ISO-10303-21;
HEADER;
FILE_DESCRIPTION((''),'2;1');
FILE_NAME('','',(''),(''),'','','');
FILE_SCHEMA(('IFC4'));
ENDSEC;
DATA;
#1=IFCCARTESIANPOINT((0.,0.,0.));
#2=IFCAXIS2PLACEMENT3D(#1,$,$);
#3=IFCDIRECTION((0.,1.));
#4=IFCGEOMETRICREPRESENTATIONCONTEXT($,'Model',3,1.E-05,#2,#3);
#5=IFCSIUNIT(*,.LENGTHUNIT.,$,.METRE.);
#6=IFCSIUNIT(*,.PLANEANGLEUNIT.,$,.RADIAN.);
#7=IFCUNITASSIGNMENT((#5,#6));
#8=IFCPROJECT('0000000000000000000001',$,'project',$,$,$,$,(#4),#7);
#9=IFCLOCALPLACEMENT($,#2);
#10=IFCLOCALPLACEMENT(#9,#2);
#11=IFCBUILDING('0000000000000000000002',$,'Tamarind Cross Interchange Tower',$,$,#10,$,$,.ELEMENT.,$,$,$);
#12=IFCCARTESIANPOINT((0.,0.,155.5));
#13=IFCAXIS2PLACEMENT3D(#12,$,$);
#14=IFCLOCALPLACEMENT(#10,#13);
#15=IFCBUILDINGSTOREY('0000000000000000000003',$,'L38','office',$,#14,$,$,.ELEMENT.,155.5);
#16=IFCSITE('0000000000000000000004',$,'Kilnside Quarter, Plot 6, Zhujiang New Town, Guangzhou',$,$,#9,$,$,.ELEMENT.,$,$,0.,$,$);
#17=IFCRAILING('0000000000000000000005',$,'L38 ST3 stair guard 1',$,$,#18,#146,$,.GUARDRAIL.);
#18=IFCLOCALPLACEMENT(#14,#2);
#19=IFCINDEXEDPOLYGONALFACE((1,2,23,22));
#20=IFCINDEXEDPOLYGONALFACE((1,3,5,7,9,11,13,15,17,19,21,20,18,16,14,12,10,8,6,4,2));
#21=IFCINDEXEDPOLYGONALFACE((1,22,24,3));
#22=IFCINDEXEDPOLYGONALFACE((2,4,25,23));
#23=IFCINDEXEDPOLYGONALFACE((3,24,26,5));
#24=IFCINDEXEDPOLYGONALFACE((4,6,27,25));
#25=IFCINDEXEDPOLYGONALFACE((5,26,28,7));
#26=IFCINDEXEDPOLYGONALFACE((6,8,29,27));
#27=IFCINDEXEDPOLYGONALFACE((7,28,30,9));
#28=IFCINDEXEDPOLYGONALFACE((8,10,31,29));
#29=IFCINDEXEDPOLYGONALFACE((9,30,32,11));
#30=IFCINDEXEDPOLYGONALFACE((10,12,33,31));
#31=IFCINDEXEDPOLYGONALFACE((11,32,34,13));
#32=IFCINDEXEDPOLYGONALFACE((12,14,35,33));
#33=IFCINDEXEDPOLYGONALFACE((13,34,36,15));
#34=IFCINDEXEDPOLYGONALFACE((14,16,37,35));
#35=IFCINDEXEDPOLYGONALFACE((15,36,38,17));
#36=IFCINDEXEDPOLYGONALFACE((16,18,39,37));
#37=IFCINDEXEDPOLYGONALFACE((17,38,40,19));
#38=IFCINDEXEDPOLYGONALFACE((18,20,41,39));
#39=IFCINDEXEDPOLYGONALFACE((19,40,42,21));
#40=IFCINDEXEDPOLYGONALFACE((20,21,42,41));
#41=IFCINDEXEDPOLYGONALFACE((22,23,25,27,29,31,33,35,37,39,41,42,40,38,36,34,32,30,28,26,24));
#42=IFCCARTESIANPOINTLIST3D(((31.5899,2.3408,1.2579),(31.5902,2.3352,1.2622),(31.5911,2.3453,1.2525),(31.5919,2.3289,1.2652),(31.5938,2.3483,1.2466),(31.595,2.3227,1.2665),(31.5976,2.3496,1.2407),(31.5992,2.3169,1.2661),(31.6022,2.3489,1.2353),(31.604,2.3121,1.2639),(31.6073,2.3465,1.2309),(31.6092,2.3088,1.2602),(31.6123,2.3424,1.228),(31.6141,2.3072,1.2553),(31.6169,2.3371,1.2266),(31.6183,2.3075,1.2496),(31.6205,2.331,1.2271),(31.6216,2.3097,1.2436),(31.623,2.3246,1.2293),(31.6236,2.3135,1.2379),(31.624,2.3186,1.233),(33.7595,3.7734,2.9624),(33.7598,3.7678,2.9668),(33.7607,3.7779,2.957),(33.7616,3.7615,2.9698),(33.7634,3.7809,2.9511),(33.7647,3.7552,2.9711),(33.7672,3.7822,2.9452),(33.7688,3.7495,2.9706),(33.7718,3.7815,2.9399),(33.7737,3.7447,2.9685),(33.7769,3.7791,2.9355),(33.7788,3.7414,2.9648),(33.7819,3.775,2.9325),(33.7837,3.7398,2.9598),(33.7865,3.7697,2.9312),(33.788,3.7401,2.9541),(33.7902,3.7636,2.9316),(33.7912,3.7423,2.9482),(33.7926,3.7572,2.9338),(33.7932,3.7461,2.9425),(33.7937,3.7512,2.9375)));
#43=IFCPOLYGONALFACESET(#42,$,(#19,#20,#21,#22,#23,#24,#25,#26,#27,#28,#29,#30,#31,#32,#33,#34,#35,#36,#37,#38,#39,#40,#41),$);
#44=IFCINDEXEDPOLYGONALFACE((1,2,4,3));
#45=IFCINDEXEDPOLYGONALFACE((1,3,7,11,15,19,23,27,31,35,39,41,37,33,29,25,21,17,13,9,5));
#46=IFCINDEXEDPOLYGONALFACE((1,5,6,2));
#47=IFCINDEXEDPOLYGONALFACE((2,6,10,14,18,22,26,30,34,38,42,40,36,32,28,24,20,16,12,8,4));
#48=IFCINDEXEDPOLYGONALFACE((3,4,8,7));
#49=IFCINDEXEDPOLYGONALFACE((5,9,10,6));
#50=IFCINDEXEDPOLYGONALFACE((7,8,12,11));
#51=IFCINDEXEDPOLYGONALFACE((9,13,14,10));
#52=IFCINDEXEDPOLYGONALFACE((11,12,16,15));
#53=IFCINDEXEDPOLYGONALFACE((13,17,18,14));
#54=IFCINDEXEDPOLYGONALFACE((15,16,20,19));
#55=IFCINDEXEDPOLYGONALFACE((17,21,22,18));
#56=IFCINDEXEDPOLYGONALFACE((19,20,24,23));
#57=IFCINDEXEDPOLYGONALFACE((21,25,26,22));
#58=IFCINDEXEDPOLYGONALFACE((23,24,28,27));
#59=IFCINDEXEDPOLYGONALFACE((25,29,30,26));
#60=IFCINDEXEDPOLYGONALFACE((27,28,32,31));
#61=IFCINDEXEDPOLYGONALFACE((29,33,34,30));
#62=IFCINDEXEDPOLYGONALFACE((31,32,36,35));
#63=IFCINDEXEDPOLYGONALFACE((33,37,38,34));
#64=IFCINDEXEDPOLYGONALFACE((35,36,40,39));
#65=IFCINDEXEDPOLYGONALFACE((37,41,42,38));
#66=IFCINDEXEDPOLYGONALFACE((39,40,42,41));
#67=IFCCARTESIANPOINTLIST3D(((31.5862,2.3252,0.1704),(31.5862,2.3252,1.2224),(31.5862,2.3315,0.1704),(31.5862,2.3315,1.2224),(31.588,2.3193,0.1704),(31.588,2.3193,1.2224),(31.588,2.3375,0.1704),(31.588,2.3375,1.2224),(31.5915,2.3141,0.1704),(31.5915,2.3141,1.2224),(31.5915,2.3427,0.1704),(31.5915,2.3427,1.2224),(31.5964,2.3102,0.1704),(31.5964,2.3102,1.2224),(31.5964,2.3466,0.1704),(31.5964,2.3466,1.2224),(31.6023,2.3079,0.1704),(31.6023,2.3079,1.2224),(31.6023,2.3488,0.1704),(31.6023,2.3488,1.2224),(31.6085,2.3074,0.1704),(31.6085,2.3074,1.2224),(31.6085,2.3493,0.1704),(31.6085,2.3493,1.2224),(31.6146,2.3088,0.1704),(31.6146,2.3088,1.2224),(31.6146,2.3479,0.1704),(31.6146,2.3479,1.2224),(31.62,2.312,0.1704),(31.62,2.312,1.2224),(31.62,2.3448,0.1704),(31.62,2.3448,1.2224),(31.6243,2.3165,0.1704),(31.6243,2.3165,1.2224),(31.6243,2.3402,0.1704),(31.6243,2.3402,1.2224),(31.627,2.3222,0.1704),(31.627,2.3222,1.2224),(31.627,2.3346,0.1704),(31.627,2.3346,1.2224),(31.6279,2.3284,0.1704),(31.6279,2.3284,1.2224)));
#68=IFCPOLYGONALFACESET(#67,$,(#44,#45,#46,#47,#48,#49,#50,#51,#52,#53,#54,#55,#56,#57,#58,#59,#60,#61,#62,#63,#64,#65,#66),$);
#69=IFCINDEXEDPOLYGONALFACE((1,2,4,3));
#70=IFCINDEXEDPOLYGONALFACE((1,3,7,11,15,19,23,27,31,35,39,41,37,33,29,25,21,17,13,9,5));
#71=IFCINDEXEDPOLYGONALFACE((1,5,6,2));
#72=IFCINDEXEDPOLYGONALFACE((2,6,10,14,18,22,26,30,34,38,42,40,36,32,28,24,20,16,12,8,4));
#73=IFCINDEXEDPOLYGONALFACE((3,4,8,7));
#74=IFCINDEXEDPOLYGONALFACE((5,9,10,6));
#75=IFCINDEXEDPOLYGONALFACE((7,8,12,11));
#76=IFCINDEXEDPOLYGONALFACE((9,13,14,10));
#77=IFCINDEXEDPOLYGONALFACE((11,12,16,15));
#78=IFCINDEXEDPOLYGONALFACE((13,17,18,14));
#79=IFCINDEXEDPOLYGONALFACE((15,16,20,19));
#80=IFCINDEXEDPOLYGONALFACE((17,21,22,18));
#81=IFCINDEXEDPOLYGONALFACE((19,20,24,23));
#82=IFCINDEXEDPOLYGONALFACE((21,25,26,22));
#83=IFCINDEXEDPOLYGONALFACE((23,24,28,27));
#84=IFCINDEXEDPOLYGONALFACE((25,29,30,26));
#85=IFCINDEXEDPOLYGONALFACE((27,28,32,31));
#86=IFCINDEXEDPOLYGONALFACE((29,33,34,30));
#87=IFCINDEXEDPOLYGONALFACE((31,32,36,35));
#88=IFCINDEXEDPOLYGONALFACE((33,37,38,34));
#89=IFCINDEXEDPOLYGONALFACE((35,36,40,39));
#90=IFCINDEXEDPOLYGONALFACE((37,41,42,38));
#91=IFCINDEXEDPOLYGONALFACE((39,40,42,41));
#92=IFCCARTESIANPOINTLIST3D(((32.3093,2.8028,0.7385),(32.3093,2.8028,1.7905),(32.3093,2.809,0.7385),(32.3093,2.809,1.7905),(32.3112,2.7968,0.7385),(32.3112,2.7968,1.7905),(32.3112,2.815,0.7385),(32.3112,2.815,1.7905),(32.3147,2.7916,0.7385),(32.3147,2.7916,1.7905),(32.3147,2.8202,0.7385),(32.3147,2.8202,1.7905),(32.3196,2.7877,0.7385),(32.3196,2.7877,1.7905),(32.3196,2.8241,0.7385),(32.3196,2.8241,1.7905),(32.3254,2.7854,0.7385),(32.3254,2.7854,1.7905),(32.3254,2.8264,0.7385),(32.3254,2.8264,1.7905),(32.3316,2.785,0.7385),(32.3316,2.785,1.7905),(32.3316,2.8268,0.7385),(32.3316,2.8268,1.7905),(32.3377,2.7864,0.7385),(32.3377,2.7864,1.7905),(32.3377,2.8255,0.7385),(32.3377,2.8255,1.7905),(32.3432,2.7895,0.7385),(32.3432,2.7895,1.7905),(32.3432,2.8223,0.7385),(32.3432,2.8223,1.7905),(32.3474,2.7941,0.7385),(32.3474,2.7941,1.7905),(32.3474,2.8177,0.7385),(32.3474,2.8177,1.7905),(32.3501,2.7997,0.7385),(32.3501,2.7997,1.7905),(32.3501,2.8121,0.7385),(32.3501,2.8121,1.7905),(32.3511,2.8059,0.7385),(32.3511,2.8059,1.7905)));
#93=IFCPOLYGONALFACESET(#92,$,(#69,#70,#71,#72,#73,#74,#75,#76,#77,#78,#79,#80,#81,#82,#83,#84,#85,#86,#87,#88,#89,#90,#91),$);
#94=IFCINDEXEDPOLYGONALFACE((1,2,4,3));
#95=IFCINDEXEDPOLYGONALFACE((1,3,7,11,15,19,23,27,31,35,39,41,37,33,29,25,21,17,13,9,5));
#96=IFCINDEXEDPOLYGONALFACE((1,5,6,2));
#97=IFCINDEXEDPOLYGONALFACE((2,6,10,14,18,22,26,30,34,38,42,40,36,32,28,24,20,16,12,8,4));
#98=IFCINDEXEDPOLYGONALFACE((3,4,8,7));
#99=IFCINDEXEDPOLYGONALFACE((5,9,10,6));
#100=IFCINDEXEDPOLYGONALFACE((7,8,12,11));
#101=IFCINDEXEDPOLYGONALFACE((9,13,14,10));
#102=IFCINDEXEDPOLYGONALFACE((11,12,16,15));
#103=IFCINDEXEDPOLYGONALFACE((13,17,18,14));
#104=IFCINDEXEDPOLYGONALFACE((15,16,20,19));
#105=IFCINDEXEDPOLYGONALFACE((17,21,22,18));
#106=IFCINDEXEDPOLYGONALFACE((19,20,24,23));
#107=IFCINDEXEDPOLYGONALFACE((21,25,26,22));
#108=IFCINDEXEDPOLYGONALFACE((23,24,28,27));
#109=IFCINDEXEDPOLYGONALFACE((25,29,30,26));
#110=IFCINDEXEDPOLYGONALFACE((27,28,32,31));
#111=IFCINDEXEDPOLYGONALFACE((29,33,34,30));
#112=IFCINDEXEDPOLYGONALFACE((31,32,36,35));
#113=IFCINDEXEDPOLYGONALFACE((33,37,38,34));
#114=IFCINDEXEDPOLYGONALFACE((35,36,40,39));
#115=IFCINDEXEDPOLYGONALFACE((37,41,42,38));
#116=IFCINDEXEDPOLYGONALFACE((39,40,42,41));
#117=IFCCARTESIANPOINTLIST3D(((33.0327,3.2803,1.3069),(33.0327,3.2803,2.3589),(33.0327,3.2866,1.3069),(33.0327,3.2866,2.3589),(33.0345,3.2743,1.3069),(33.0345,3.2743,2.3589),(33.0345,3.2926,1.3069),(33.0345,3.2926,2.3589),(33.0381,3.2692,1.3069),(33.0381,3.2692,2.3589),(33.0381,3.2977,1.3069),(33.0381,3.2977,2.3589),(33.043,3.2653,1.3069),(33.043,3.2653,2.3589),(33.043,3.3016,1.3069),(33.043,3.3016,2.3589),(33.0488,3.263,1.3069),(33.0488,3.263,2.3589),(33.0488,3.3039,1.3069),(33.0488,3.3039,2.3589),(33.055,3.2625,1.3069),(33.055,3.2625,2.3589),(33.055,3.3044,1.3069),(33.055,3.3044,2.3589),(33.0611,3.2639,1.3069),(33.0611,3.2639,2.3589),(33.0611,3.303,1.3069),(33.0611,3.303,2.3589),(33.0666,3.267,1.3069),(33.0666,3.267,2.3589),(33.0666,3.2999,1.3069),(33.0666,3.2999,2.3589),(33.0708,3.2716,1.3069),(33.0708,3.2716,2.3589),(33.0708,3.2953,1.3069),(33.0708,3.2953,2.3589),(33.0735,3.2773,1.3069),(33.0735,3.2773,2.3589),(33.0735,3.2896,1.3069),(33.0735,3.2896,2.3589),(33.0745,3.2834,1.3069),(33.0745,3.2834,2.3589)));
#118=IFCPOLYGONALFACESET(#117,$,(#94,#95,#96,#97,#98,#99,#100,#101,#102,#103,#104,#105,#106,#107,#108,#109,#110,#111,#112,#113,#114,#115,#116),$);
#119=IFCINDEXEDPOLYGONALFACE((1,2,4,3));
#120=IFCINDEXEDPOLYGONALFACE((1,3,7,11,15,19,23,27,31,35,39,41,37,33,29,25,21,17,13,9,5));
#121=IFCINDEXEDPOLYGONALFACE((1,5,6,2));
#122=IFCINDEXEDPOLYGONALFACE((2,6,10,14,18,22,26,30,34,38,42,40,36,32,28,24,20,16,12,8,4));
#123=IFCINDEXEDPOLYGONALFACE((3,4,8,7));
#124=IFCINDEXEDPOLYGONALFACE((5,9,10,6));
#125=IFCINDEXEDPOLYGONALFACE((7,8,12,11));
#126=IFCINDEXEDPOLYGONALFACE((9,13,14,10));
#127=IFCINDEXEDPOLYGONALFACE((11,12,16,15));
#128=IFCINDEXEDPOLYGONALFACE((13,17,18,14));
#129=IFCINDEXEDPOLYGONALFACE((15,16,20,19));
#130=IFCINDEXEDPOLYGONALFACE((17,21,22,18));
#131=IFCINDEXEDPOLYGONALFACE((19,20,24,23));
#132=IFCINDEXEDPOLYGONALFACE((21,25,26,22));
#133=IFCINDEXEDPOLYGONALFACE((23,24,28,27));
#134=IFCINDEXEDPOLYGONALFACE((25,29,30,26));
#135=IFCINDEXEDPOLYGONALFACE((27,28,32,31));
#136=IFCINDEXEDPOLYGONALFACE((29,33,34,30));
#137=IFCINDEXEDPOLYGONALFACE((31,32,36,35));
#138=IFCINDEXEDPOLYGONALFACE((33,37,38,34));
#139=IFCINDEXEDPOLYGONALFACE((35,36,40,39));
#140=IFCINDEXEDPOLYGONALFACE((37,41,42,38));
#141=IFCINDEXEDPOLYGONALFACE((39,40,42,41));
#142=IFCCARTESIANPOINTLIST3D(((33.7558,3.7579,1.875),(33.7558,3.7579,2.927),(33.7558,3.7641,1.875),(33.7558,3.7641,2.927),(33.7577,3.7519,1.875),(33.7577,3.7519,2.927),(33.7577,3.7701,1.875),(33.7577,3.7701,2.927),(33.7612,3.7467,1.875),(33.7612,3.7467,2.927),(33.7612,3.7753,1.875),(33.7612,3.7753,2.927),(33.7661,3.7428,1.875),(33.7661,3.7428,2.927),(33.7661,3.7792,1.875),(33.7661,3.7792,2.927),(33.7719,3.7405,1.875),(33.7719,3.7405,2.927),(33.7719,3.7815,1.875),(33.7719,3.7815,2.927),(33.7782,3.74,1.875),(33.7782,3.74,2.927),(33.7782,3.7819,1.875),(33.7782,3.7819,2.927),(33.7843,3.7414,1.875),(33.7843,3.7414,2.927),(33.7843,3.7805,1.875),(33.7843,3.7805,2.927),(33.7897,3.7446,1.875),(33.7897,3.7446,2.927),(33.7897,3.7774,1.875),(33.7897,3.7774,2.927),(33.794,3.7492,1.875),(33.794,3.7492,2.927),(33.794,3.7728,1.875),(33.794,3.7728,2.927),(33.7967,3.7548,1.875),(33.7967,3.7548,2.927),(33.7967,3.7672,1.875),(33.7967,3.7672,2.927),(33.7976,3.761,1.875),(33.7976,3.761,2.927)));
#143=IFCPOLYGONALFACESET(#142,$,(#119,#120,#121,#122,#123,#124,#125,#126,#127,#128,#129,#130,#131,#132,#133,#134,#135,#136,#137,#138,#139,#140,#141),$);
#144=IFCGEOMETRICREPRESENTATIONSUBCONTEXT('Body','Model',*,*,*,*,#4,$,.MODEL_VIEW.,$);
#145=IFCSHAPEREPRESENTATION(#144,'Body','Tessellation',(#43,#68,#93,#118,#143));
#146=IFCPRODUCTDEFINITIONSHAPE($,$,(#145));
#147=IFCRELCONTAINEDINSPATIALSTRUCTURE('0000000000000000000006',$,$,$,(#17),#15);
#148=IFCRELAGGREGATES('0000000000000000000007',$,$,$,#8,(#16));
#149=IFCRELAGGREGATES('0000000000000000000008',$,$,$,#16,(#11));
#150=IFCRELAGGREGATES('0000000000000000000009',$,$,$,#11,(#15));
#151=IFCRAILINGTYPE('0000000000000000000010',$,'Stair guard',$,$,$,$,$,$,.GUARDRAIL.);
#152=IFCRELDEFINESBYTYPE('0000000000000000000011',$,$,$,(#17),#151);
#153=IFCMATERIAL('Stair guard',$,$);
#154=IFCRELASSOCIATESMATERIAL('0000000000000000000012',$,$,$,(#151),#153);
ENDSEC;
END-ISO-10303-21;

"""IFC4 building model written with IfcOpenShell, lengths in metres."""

from ifc_helpers import new_model, si_unit, direction, frame, origin, origin_2d, place, context, subcontext, project, spatial, circle, extrude, material, type_object, element, save


model = new_model("IFC4")

# Units and contexts
model_context = context("Model", 3, precision=1e-05, world=origin(), true_north=direction((0.0, 1.0)))
body_context = subcontext(model_context, "Body", "Model", "MODEL_VIEW")
ifc_project = project(units=[si_unit("LENGTHUNIT", "METRE"), si_unit("PLANEANGLEUNIT", "RADIAN")], contexts=[model_context])

# Site, building, storey
site_placement = place(None, origin())
site = spatial("IfcSite", under=ifc_project, at=site_placement, Name="Kilnside Quarter, Plot 6, Zhujiang New Town, Guangzhou", CompositionType="ELEMENT", RefElevation=0.0)
building_placement = place(site_placement, origin())
building = spatial("IfcBuilding", under=site, at=building_placement, Name="Tamarind Cross Interchange Tower", CompositionType="ELEMENT")
storey_placement = place(building_placement, frame((0.0, 0.0, 155.5)))
storey = spatial("IfcBuildingStorey", under=building, at=storey_placement, Name="L38", Description="office", CompositionType="ELEMENT", Elevation=155.5)

# Railing
ifc_material_1 = material(Name="Stair guard")
railing_type_1 = type_object("IfcRailingType", Name="Stair guard", PredefinedType="GUARDRAIL", material=ifc_material_1)
railing_1_placement = place(storey_placement, frame((31.6069, 2.3284, 0.1704)))
element("IfcRailing", 1, at=railing_1_placement, inside=storey, type_object=railing_type_1, Name="L38 ST3 stair guard 1", PredefinedType="GUARDRAIL", context=body_context, shape_type="SweptSolid", body=[
    extrude(circle(Radius=0.0239, at=origin_2d()), frame((0.0, 0.0, 1.0762), z_axis=(0.697883, 0.460805, 0.548286), x_axis=(-0.551011, 0.834498, 0.0)), (0.0, 0.0, 1.0), 3.1089),
    extrude(circle(Radius=0.021, at=origin_2d()), origin(), (0.0, 0.0, 1.0), 1.052),
    extrude(circle(Radius=0.021, at=origin_2d()), frame((0.7231, 0.4775, 0.5681)), (0.0, 0.0, 1.0), 1.052),
    extrude(circle(Radius=0.021, at=origin_2d()), frame((1.4465, 0.9551, 1.1365)), (0.0, 0.0, 1.0), 1.052),
    extrude(circle(Radius=0.021, at=origin_2d()), frame((2.1697, 1.4326, 1.7046)), (0.0, 0.0, 1.0), 1.052),
])

save(model, "model.ifc")
